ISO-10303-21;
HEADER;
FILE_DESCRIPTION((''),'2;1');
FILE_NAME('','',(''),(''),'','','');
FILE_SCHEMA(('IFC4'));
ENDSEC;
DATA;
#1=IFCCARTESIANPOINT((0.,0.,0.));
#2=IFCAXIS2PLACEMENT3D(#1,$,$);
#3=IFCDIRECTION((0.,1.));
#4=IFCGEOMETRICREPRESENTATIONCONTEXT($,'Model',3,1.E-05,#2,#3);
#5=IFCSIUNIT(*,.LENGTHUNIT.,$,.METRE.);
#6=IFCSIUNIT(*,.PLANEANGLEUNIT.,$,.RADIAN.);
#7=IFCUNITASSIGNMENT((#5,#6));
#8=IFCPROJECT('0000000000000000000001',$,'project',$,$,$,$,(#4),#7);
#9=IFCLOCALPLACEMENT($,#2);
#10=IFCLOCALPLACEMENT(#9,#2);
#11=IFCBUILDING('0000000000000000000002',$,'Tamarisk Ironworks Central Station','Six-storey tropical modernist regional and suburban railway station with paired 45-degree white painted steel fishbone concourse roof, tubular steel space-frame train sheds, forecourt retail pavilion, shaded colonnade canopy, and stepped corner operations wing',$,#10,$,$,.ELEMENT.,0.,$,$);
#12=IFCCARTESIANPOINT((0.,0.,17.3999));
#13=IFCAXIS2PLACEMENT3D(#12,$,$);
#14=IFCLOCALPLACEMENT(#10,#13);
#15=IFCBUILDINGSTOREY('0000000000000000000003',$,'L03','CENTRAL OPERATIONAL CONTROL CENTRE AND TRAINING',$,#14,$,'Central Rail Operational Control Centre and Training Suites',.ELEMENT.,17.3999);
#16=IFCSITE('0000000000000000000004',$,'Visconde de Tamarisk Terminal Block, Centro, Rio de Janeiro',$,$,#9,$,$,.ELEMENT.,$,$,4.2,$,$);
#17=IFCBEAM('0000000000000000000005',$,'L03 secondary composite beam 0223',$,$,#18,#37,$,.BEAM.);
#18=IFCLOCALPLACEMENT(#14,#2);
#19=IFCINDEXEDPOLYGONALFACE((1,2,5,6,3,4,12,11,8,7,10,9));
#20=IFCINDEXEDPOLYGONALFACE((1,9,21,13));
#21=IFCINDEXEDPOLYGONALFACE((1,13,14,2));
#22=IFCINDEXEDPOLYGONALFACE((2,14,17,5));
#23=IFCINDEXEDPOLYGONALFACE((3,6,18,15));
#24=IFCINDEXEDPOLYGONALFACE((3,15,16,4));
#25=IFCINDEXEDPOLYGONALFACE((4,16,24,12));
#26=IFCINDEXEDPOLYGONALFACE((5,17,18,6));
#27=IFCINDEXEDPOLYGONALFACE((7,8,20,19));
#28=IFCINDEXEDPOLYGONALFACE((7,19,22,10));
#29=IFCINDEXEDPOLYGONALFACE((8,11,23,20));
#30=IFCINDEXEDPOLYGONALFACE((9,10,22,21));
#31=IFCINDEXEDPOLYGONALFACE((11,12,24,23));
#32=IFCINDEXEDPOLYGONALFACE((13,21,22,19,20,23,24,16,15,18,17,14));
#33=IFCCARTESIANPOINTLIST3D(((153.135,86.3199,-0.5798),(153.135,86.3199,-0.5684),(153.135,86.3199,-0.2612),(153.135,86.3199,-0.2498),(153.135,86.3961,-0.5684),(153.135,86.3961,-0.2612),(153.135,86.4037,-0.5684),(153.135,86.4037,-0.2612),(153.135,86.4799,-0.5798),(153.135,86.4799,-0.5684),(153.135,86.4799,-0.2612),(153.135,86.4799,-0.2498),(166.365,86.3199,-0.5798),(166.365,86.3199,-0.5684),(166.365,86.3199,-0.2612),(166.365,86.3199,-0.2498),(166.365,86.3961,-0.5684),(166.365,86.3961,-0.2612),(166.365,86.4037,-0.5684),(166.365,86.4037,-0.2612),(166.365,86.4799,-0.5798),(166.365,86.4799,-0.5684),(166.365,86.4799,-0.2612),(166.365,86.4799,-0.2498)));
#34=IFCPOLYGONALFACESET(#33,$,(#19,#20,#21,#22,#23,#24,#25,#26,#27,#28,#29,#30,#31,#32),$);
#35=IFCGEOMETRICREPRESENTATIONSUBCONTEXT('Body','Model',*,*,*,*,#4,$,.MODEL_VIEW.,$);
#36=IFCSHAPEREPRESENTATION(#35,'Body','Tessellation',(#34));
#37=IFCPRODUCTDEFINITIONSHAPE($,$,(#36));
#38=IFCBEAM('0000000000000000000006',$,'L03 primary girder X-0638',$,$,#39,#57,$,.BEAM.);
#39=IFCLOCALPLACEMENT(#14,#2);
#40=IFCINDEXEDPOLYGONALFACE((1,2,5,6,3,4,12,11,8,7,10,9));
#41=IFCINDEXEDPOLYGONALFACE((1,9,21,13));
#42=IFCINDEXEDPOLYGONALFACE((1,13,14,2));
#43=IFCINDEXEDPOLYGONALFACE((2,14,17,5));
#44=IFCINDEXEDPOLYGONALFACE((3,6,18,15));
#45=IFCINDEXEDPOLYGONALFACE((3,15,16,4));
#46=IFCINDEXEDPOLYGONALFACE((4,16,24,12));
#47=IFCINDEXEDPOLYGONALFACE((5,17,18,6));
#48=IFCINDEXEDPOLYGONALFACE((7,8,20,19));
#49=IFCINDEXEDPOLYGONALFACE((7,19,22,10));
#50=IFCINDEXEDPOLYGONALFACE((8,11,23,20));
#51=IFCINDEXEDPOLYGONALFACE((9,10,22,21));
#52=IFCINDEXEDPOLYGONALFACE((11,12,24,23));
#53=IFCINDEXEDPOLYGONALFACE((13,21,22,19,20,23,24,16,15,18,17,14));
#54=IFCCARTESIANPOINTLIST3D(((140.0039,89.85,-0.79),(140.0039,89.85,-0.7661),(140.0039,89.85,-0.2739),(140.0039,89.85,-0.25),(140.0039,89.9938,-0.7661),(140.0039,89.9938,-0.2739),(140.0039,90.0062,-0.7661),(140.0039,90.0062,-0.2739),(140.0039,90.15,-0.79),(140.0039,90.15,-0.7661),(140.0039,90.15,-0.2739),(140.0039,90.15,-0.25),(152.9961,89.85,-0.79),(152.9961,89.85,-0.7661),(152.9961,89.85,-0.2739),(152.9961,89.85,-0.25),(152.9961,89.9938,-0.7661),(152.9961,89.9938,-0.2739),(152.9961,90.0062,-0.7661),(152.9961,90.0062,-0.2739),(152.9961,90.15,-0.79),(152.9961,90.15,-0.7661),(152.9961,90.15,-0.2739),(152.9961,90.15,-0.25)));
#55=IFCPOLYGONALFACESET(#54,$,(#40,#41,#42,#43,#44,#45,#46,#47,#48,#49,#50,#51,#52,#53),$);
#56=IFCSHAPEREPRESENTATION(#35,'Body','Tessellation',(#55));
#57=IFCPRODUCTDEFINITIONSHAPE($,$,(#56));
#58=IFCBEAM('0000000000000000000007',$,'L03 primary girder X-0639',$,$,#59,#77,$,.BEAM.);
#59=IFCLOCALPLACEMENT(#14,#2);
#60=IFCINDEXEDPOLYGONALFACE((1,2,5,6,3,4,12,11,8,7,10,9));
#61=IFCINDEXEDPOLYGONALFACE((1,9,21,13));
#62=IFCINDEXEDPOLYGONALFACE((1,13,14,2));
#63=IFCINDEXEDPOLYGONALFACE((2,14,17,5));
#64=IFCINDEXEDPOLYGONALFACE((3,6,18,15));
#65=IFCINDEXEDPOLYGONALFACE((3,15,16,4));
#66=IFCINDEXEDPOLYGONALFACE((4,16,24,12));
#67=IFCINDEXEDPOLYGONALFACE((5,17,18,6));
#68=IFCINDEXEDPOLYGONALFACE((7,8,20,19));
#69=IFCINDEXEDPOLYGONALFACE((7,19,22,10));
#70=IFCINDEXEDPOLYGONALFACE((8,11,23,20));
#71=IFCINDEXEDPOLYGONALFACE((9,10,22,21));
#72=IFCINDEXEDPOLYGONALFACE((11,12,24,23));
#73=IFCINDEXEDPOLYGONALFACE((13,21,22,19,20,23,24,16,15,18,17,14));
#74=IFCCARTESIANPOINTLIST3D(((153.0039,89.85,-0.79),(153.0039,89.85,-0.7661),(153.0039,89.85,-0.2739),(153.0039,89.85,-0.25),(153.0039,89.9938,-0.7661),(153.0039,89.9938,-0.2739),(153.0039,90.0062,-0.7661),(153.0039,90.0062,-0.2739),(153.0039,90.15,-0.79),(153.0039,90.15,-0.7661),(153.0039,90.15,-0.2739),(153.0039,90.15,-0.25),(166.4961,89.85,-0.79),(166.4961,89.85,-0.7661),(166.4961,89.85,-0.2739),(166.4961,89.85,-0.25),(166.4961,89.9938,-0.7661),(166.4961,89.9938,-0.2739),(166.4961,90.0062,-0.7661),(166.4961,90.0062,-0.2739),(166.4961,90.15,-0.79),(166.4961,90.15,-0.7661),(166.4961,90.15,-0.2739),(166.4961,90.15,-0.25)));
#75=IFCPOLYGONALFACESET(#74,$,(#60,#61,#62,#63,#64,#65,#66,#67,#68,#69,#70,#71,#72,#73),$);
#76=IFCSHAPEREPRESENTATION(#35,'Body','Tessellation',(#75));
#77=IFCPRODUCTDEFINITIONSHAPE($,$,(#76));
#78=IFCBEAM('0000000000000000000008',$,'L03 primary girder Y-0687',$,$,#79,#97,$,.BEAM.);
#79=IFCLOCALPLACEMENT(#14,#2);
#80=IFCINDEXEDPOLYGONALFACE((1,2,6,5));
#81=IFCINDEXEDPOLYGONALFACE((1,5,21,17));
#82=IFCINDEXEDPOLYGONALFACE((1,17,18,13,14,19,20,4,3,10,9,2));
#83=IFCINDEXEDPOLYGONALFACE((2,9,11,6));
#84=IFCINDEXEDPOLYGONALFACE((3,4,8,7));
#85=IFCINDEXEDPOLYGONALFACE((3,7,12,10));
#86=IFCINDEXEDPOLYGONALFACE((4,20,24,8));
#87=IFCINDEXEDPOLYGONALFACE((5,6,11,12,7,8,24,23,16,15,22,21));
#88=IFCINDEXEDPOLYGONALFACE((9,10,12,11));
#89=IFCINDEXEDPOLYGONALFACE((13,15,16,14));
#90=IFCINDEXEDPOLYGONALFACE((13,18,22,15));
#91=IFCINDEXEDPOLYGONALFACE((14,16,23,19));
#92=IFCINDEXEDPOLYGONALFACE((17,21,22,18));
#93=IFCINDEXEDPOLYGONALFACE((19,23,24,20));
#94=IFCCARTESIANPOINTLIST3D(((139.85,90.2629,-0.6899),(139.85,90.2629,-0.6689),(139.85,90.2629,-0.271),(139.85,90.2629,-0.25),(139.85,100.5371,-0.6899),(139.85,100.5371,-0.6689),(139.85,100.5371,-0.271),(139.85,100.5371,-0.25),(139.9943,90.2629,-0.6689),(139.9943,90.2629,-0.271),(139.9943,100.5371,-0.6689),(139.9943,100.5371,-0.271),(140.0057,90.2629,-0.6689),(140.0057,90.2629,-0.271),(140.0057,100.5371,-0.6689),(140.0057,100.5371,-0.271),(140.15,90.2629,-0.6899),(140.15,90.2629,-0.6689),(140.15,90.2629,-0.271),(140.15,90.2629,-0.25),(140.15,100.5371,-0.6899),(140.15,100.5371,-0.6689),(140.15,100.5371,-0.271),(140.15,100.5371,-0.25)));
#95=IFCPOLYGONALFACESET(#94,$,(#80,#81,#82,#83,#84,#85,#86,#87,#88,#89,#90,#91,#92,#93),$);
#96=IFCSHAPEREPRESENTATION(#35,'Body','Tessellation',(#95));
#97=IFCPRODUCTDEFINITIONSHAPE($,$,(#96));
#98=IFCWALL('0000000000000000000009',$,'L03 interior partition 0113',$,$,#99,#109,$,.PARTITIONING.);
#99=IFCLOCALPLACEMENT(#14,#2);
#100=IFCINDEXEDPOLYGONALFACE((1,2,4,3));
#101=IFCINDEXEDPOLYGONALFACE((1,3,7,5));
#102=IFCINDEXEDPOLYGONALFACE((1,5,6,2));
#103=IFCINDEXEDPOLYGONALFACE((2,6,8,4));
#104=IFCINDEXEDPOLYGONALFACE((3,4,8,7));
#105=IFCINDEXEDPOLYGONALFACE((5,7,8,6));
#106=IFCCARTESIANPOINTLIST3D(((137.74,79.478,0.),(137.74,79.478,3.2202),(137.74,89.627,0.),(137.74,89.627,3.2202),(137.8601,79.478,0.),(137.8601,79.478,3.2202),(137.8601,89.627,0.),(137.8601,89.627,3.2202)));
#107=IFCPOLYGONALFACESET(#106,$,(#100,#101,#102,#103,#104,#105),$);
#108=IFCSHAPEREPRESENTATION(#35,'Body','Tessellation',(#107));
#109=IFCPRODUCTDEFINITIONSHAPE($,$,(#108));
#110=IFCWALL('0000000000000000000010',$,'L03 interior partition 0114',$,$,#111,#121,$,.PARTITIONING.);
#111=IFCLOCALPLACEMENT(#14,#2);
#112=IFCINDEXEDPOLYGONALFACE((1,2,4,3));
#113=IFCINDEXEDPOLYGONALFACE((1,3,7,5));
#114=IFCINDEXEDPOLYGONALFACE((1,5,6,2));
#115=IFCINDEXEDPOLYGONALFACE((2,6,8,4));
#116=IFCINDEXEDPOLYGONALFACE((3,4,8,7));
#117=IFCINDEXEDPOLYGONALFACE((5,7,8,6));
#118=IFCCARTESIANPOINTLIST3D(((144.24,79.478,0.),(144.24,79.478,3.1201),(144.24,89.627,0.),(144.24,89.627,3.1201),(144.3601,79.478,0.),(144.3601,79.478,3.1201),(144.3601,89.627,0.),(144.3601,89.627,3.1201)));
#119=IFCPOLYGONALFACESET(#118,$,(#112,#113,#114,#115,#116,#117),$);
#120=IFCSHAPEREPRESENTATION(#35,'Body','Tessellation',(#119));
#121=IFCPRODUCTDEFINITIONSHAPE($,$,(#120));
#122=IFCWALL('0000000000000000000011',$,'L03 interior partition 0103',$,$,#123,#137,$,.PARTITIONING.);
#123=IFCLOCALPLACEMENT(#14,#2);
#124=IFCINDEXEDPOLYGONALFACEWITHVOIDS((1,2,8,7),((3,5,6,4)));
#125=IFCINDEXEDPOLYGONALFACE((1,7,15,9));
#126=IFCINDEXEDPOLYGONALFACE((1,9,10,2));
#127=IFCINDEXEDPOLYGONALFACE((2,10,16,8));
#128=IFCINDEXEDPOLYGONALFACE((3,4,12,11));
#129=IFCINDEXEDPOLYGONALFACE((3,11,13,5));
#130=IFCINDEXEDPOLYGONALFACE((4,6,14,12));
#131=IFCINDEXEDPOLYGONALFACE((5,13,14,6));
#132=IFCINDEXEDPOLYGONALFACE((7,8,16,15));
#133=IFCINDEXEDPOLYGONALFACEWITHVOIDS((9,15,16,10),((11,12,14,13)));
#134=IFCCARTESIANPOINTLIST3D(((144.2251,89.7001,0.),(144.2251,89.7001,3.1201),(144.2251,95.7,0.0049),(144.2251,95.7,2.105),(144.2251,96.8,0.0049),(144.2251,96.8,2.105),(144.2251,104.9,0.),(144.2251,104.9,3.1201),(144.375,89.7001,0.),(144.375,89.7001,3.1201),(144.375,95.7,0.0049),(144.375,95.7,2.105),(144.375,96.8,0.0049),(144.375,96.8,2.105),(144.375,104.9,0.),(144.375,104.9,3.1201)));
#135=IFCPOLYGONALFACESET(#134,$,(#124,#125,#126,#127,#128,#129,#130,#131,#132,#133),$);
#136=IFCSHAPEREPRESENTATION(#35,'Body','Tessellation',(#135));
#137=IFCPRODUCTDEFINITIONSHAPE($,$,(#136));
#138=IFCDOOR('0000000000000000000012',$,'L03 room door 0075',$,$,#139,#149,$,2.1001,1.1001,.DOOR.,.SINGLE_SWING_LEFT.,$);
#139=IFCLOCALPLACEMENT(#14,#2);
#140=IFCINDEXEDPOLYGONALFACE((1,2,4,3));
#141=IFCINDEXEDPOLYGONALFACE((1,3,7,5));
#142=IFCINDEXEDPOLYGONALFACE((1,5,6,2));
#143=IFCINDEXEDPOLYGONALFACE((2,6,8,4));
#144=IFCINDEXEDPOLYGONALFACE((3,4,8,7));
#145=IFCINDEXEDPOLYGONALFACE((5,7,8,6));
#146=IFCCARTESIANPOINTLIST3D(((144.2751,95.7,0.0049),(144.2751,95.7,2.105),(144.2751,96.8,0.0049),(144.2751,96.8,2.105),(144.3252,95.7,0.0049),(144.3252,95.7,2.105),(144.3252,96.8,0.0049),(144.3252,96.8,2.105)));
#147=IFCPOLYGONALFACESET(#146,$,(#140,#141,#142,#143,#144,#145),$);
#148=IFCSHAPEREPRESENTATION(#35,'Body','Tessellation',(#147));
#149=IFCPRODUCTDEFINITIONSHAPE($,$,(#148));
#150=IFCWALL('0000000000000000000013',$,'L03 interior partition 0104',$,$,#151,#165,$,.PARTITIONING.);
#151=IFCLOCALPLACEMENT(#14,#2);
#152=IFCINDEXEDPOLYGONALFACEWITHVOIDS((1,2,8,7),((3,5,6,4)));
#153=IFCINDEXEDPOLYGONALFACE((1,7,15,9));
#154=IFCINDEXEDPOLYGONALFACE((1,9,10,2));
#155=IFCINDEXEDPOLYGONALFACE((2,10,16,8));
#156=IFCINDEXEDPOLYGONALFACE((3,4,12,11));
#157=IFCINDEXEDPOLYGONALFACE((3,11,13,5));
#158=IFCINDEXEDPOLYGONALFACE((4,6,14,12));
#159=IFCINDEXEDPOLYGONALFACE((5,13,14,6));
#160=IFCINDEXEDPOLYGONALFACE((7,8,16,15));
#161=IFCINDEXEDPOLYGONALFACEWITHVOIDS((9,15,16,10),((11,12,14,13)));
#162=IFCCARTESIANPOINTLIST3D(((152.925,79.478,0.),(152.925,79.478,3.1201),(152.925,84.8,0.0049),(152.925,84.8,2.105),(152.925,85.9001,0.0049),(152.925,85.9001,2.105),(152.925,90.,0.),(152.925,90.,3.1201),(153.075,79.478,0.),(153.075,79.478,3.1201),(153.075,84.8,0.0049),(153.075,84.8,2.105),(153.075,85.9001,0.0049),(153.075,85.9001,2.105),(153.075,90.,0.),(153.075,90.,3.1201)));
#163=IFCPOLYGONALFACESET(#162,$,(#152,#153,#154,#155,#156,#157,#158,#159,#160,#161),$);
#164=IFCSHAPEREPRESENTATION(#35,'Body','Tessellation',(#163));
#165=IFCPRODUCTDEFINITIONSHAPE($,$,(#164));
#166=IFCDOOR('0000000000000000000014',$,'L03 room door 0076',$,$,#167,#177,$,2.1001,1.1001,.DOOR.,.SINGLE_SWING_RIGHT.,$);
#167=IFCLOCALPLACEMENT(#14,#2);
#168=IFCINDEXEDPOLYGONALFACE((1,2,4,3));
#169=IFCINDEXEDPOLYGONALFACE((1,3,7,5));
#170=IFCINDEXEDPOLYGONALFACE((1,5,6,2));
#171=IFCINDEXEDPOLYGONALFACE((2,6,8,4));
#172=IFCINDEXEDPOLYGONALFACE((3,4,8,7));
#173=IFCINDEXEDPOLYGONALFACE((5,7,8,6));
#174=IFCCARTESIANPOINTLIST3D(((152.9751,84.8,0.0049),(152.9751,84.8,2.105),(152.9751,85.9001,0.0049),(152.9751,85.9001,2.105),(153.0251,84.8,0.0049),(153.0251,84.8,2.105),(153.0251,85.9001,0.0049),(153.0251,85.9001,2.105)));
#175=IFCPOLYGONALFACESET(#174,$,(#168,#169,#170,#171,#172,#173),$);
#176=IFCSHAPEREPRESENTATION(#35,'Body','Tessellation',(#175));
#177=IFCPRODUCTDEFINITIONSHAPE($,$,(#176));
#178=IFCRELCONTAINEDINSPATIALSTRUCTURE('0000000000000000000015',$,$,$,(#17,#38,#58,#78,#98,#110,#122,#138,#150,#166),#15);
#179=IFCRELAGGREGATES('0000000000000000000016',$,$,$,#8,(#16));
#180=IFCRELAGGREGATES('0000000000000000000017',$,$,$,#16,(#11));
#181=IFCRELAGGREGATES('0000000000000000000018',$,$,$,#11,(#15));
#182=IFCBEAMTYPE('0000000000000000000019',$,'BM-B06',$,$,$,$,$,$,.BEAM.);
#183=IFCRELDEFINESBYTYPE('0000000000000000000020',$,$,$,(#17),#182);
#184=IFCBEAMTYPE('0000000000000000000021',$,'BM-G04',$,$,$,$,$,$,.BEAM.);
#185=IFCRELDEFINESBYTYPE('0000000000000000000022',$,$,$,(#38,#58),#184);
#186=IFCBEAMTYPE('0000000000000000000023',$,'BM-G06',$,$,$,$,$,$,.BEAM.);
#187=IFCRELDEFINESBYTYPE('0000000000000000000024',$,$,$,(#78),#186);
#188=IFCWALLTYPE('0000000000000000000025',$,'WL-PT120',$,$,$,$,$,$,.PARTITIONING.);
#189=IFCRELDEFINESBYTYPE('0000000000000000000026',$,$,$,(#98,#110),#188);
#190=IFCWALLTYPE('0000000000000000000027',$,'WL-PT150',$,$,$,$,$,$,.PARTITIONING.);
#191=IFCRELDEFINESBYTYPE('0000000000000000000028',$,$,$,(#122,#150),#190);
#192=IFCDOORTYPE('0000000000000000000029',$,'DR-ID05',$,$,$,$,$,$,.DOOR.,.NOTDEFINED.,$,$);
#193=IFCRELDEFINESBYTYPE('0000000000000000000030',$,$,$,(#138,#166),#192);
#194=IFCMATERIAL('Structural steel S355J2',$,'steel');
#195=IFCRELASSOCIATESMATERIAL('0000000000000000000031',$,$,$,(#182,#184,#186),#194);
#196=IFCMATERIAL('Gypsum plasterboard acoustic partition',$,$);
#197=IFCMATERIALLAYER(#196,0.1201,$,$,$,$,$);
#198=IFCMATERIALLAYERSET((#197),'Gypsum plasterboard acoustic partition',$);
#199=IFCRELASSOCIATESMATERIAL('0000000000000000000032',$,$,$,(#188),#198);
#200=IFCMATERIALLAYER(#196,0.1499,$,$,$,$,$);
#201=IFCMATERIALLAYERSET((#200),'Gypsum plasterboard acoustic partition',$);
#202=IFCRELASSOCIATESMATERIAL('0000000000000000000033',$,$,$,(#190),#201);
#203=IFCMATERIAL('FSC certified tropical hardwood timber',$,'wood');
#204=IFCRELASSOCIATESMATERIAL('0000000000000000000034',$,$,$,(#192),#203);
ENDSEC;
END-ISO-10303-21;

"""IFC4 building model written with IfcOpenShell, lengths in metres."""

from ifc_helpers import new_model, si_unit, direction, frame, frame_2d, origin, origin_2d, place, context, subcontext, project, spatial, rectangle, i_section, extrude, material, layer, layer_set, material_profile, profile_set, type_object, element, fill, save


model = new_model("IFC4")

# Units and contexts
model_context = context("Model", 3, precision=1e-05, world=origin(), true_north=direction((0.0, 1.0)))
body_context = subcontext(model_context, "Body", "Model", "MODEL_VIEW")
ifc_project = project(units=[si_unit("LENGTHUNIT", "METRE"), si_unit("PLANEANGLEUNIT", "RADIAN")], contexts=[model_context])

# Site, building, storey
site_placement = place(None, origin())
site = spatial("IfcSite", under=ifc_project, at=site_placement, Name="Visconde de Tamarisk Terminal Block, Centro, Rio de Janeiro", CompositionType="ELEMENT", RefElevation=4.2)
building_placement = place(site_placement, origin())
building = spatial("IfcBuilding", under=site, at=building_placement, Name="Tamarisk Ironworks Central Station", Description="Six-storey tropical modernist regional and suburban railway station with paired 45-degree white painted steel fishbone concourse roof, tubular steel space-frame train sheds, forecourt retail pavilion, shaded colonnade canopy, and stepped corner operations wing", CompositionType="ELEMENT", ElevationOfRefHeight=0.0)
storey_placement = place(building_placement, frame((0.0, 0.0, 17.3999)))
storey = spatial("IfcBuildingStorey", under=building, at=storey_placement, Name="L03", Description="CENTRAL OPERATIONAL CONTROL CENTRE AND TRAINING", LongName="Central Rail Operational Control Centre and Training Suites", CompositionType="ELEMENT", Elevation=17.3999)

# Shared definitions
ifc_material_1 = material(Name="Structural steel S355J2", Category="steel")

# Beams
ifc_material_profile_1 = material_profile(ifc_material_1, i_section(OverallWidth=0.1599, OverallDepth=0.3301, WebThickness=0.0076, FlangeThickness=0.0115, at=origin_2d()), Name="IPE 330")
ifc_profile_set_1 = profile_set([ifc_material_profile_1], Name="Structural steel S355J2")
beam_type_1 = type_object("IfcBeamType", Name="BM-B06", PredefinedType="BEAM", material=ifc_profile_set_1)
for number, where, z_axis, x_axis, name in (
    (1, (153.135, 86.3999, -0.4148), (1.0, 0.0, 0.0), (0.0, 1.0, 0.0), "L03 secondary composite beam 0223"),
):
    element("IfcBeam", number, at=place(storey_placement, frame(where, z_axis=z_axis, x_axis=x_axis)), inside=storey, type_object=beam_type_1, Name=name, PredefinedType="BEAM", context=body_context, shape_type="SweptSolid", body=[
        extrude(i_section(OverallWidth=0.1599, OverallDepth=0.3301, WebThickness=0.0076, FlangeThickness=0.0115, at=origin_2d()), origin(), (0.0, 0.0, 1.0), 13.23),
    ])
ifc_material_profile_2 = material_profile(ifc_material_1, i_section(OverallWidth=0.3, OverallDepth=0.54, WebThickness=0.0125, FlangeThickness=0.0239, at=origin_2d()), Name="HEA 550")
ifc_profile_set_2 = profile_set([ifc_material_profile_2], Name="Structural steel S355J2")
beam_type_2 = type_object("IfcBeamType", Name="BM-G04", PredefinedType="BEAM", material=ifc_profile_set_2)
beam_1_placement = place(storey_placement, frame((140.0039, 90.0, -0.52), z_axis=(1.0, 0.0, 0.0), x_axis=(0.0, 1.0, 0.0)))
element("IfcBeam", 2, at=beam_1_placement, inside=storey, type_object=beam_type_2, Name="L03 primary girder X-0638", PredefinedType="BEAM", context=body_context, shape_type="SweptSolid", body=[
    extrude(i_section(OverallWidth=0.3, OverallDepth=0.54, WebThickness=0.0125, FlangeThickness=0.0239, at=origin_2d()), origin(), (0.0, 0.0, 1.0), 12.9922),
])
beam_2_placement = place(storey_placement, frame((153.0039, 90.0, -0.52), z_axis=(1.0, 0.0, 0.0), x_axis=(0.0, 1.0, 0.0)))
element("IfcBeam", 3, at=beam_2_placement, inside=storey, type_object=beam_type_2, Name="L03 primary girder X-0639", PredefinedType="BEAM", context=body_context, shape_type="SweptSolid", body=[
    extrude(i_section(OverallWidth=0.3, OverallDepth=0.54, WebThickness=0.0125, FlangeThickness=0.0239, at=origin_2d()), origin(), (0.0, 0.0, 1.0), 13.4922),
])
ifc_material_profile_3 = material_profile(ifc_material_1, i_section(OverallWidth=0.3, OverallDepth=0.4399, WebThickness=0.0115, FlangeThickness=0.021, at=origin_2d()), Name="HEA 450")
ifc_profile_set_3 = profile_set([ifc_material_profile_3], Name="Structural steel S355J2")
beam_type_3 = type_object("IfcBeamType", Name="BM-G06", PredefinedType="BEAM", material=ifc_profile_set_3)
beam_3_placement = place(storey_placement, frame((140.0, 90.2629, -0.47), z_axis=(0.0, 1.0, 0.0), x_axis=(-1.0, 0.0, 0.0)))
element("IfcBeam", 4, at=beam_3_placement, inside=storey, type_object=beam_type_3, Name="L03 primary girder Y-0687", PredefinedType="BEAM", context=body_context, shape_type="SweptSolid", body=[
    extrude(i_section(OverallWidth=0.3, OverallDepth=0.4399, WebThickness=0.0115, FlangeThickness=0.021, at=origin_2d()), origin(), (0.0, 0.0, 1.0), 10.2742),
])

# Walls
ifc_material_2 = material(Name="Gypsum plasterboard acoustic partition")
ifc_layer_1 = layer(ifc_material_2, 0.1201)
ifc_layer_set_1 = layer_set([ifc_layer_1], Name="Gypsum plasterboard acoustic partition")
wall_type_1 = type_object("IfcWallType", Name="WL-PT120", PredefinedType="PARTITIONING", material=ifc_layer_set_1)
wall_1_placement = place(storey_placement, frame((137.8, 79.478, 0.0), z_axis=(0.0, 0.0, 1.0), x_axis=(0.0, 1.0, 0.0)))
element("IfcWall", 5, at=wall_1_placement, inside=storey, type_object=wall_type_1, Name="L03 interior partition 0113", PredefinedType="PARTITIONING", context=body_context, shape_type="SweptSolid", body=[
    extrude(rectangle(XDim=10.1489, YDim=0.1201, at=frame_2d((5.0745, 0.0))), origin(), (0.0, 0.0, 1.0), 3.2202),
])
wall_2_placement = place(storey_placement, frame((144.3, 79.478, 0.0), z_axis=(0.0, 0.0, 1.0), x_axis=(0.0, 1.0, 0.0)))
element("IfcWall", 6, at=wall_2_placement, inside=storey, type_object=wall_type_1, Name="L03 interior partition 0114", PredefinedType="PARTITIONING", context=body_context, shape_type="SweptSolid", body=[
    extrude(rectangle(XDim=10.1489, YDim=0.1201, at=frame_2d((5.0745, 0.0))), origin(), (0.0, 0.0, 1.0), 3.1201),
])

# Walls, openings, doors
ifc_layer_2 = layer(ifc_material_2, 0.1499)
ifc_layer_set_2 = layer_set([ifc_layer_2], Name="Gypsum plasterboard acoustic partition")
wall_type_2 = type_object("IfcWallType", Name="WL-PT150", PredefinedType="PARTITIONING", material=ifc_layer_set_2)
wall_3_placement = place(storey_placement, frame((144.3, 89.7, 0.0), z_axis=(0.0, 0.0, 1.0), x_axis=(0.0, 1.0, 0.0)))
wall_3 = element("IfcWall", 7, at=wall_3_placement, inside=storey, type_object=wall_type_2, Name="L03 interior partition 0103", PredefinedType="PARTITIONING", context=body_context, shape_type="SweptSolid", body=[
    extrude(rectangle(XDim=15.2, YDim=0.1499, at=frame_2d((7.6001, 0.0))), origin(), (0.0, 0.0, 1.0), 3.1201),
])
opening_1_placement = place(wall_3_placement, frame((6.0, 0.0, 0.0049)))
opening_1 = element("IfcOpeningElement", 8, at=opening_1_placement, cuts=wall_3, PredefinedType="OPENING", context=body_context, shape_type="SweptSolid", body=[
    extrude(rectangle(XDim=1.1001, YDim=2.1001, at=frame_2d((0.55, 1.05))), frame((0.0, 0.0869, 0.0), z_axis=(0.0, -1.0, 0.0), x_axis=(1.0, 0.0, 0.0)), (0.0, 0.0, 1.0), 0.1738),
])
ifc_material_3 = material(Name="FSC certified tropical hardwood timber", Category="wood")
door_type = type_object("IfcDoorType", Name="DR-ID05", OperationType="NOTDEFINED", PredefinedType="DOOR", material=ifc_material_3)
door_1_placement = place(opening_1_placement, origin())
door_1 = element("IfcDoor", 9, at=door_1_placement, inside=storey, type_object=door_type, Name="L03 room door 0075", OperationType="SINGLE_SWING_LEFT", OverallHeight=2.1001, OverallWidth=1.1001, PredefinedType="DOOR", context=body_context, shape_type="SweptSolid", body=[
    extrude(rectangle(XDim=1.1001, YDim=2.1001, at=frame_2d((0.55, 1.05))), frame((0.0, 0.0249, 0.0), z_axis=(0.0, -1.0, 0.0), x_axis=(1.0, 0.0, 0.0)), (0.0, 0.0, 1.0), 0.05),
])
fill(opening_1, door_1)
wall_4_placement = place(storey_placement, frame((153.0, 79.478, 0.0), z_axis=(0.0, 0.0, 1.0), x_axis=(0.0, 1.0, 0.0)))
wall_4 = element("IfcWall", 10, at=wall_4_placement, inside=storey, type_object=wall_type_2, Name="L03 interior partition 0104", PredefinedType="PARTITIONING", context=body_context, shape_type="SweptSolid", body=[
    extrude(rectangle(XDim=10.522, YDim=0.1499, at=frame_2d((5.261, 0.0))), origin(), (0.0, 0.0, 1.0), 3.1201),
])
opening_2_placement = place(wall_4_placement, frame((5.322, 0.0, 0.0049)))
opening_2 = element("IfcOpeningElement", 11, at=opening_2_placement, cuts=wall_4, PredefinedType="OPENING", context=body_context, shape_type="SweptSolid", body=[
    extrude(rectangle(XDim=1.1001, YDim=2.1001, at=frame_2d((0.55, 1.05))), frame((0.0, 0.0869, 0.0), z_axis=(0.0, -1.0, 0.0), x_axis=(1.0, 0.0, 0.0)), (0.0, 0.0, 1.0), 0.1738),
])
door_2_placement = place(opening_2_placement, origin())
door_2 = element("IfcDoor", 12, at=door_2_placement, inside=storey, type_object=door_type, Name="L03 room door 0076", OperationType="SINGLE_SWING_RIGHT", OverallHeight=2.1001, OverallWidth=1.1001, PredefinedType="DOOR", context=body_context, shape_type="SweptSolid", body=[
    extrude(rectangle(XDim=1.1001, YDim=2.1001, at=frame_2d((0.55, 1.05))), frame((0.0, 0.0249, 0.0), z_axis=(0.0, -1.0, 0.0), x_axis=(1.0, 0.0, 0.0)), (0.0, 0.0, 1.0), 0.05),
])
fill(opening_2, door_2)

save(model, "model.ifc")
